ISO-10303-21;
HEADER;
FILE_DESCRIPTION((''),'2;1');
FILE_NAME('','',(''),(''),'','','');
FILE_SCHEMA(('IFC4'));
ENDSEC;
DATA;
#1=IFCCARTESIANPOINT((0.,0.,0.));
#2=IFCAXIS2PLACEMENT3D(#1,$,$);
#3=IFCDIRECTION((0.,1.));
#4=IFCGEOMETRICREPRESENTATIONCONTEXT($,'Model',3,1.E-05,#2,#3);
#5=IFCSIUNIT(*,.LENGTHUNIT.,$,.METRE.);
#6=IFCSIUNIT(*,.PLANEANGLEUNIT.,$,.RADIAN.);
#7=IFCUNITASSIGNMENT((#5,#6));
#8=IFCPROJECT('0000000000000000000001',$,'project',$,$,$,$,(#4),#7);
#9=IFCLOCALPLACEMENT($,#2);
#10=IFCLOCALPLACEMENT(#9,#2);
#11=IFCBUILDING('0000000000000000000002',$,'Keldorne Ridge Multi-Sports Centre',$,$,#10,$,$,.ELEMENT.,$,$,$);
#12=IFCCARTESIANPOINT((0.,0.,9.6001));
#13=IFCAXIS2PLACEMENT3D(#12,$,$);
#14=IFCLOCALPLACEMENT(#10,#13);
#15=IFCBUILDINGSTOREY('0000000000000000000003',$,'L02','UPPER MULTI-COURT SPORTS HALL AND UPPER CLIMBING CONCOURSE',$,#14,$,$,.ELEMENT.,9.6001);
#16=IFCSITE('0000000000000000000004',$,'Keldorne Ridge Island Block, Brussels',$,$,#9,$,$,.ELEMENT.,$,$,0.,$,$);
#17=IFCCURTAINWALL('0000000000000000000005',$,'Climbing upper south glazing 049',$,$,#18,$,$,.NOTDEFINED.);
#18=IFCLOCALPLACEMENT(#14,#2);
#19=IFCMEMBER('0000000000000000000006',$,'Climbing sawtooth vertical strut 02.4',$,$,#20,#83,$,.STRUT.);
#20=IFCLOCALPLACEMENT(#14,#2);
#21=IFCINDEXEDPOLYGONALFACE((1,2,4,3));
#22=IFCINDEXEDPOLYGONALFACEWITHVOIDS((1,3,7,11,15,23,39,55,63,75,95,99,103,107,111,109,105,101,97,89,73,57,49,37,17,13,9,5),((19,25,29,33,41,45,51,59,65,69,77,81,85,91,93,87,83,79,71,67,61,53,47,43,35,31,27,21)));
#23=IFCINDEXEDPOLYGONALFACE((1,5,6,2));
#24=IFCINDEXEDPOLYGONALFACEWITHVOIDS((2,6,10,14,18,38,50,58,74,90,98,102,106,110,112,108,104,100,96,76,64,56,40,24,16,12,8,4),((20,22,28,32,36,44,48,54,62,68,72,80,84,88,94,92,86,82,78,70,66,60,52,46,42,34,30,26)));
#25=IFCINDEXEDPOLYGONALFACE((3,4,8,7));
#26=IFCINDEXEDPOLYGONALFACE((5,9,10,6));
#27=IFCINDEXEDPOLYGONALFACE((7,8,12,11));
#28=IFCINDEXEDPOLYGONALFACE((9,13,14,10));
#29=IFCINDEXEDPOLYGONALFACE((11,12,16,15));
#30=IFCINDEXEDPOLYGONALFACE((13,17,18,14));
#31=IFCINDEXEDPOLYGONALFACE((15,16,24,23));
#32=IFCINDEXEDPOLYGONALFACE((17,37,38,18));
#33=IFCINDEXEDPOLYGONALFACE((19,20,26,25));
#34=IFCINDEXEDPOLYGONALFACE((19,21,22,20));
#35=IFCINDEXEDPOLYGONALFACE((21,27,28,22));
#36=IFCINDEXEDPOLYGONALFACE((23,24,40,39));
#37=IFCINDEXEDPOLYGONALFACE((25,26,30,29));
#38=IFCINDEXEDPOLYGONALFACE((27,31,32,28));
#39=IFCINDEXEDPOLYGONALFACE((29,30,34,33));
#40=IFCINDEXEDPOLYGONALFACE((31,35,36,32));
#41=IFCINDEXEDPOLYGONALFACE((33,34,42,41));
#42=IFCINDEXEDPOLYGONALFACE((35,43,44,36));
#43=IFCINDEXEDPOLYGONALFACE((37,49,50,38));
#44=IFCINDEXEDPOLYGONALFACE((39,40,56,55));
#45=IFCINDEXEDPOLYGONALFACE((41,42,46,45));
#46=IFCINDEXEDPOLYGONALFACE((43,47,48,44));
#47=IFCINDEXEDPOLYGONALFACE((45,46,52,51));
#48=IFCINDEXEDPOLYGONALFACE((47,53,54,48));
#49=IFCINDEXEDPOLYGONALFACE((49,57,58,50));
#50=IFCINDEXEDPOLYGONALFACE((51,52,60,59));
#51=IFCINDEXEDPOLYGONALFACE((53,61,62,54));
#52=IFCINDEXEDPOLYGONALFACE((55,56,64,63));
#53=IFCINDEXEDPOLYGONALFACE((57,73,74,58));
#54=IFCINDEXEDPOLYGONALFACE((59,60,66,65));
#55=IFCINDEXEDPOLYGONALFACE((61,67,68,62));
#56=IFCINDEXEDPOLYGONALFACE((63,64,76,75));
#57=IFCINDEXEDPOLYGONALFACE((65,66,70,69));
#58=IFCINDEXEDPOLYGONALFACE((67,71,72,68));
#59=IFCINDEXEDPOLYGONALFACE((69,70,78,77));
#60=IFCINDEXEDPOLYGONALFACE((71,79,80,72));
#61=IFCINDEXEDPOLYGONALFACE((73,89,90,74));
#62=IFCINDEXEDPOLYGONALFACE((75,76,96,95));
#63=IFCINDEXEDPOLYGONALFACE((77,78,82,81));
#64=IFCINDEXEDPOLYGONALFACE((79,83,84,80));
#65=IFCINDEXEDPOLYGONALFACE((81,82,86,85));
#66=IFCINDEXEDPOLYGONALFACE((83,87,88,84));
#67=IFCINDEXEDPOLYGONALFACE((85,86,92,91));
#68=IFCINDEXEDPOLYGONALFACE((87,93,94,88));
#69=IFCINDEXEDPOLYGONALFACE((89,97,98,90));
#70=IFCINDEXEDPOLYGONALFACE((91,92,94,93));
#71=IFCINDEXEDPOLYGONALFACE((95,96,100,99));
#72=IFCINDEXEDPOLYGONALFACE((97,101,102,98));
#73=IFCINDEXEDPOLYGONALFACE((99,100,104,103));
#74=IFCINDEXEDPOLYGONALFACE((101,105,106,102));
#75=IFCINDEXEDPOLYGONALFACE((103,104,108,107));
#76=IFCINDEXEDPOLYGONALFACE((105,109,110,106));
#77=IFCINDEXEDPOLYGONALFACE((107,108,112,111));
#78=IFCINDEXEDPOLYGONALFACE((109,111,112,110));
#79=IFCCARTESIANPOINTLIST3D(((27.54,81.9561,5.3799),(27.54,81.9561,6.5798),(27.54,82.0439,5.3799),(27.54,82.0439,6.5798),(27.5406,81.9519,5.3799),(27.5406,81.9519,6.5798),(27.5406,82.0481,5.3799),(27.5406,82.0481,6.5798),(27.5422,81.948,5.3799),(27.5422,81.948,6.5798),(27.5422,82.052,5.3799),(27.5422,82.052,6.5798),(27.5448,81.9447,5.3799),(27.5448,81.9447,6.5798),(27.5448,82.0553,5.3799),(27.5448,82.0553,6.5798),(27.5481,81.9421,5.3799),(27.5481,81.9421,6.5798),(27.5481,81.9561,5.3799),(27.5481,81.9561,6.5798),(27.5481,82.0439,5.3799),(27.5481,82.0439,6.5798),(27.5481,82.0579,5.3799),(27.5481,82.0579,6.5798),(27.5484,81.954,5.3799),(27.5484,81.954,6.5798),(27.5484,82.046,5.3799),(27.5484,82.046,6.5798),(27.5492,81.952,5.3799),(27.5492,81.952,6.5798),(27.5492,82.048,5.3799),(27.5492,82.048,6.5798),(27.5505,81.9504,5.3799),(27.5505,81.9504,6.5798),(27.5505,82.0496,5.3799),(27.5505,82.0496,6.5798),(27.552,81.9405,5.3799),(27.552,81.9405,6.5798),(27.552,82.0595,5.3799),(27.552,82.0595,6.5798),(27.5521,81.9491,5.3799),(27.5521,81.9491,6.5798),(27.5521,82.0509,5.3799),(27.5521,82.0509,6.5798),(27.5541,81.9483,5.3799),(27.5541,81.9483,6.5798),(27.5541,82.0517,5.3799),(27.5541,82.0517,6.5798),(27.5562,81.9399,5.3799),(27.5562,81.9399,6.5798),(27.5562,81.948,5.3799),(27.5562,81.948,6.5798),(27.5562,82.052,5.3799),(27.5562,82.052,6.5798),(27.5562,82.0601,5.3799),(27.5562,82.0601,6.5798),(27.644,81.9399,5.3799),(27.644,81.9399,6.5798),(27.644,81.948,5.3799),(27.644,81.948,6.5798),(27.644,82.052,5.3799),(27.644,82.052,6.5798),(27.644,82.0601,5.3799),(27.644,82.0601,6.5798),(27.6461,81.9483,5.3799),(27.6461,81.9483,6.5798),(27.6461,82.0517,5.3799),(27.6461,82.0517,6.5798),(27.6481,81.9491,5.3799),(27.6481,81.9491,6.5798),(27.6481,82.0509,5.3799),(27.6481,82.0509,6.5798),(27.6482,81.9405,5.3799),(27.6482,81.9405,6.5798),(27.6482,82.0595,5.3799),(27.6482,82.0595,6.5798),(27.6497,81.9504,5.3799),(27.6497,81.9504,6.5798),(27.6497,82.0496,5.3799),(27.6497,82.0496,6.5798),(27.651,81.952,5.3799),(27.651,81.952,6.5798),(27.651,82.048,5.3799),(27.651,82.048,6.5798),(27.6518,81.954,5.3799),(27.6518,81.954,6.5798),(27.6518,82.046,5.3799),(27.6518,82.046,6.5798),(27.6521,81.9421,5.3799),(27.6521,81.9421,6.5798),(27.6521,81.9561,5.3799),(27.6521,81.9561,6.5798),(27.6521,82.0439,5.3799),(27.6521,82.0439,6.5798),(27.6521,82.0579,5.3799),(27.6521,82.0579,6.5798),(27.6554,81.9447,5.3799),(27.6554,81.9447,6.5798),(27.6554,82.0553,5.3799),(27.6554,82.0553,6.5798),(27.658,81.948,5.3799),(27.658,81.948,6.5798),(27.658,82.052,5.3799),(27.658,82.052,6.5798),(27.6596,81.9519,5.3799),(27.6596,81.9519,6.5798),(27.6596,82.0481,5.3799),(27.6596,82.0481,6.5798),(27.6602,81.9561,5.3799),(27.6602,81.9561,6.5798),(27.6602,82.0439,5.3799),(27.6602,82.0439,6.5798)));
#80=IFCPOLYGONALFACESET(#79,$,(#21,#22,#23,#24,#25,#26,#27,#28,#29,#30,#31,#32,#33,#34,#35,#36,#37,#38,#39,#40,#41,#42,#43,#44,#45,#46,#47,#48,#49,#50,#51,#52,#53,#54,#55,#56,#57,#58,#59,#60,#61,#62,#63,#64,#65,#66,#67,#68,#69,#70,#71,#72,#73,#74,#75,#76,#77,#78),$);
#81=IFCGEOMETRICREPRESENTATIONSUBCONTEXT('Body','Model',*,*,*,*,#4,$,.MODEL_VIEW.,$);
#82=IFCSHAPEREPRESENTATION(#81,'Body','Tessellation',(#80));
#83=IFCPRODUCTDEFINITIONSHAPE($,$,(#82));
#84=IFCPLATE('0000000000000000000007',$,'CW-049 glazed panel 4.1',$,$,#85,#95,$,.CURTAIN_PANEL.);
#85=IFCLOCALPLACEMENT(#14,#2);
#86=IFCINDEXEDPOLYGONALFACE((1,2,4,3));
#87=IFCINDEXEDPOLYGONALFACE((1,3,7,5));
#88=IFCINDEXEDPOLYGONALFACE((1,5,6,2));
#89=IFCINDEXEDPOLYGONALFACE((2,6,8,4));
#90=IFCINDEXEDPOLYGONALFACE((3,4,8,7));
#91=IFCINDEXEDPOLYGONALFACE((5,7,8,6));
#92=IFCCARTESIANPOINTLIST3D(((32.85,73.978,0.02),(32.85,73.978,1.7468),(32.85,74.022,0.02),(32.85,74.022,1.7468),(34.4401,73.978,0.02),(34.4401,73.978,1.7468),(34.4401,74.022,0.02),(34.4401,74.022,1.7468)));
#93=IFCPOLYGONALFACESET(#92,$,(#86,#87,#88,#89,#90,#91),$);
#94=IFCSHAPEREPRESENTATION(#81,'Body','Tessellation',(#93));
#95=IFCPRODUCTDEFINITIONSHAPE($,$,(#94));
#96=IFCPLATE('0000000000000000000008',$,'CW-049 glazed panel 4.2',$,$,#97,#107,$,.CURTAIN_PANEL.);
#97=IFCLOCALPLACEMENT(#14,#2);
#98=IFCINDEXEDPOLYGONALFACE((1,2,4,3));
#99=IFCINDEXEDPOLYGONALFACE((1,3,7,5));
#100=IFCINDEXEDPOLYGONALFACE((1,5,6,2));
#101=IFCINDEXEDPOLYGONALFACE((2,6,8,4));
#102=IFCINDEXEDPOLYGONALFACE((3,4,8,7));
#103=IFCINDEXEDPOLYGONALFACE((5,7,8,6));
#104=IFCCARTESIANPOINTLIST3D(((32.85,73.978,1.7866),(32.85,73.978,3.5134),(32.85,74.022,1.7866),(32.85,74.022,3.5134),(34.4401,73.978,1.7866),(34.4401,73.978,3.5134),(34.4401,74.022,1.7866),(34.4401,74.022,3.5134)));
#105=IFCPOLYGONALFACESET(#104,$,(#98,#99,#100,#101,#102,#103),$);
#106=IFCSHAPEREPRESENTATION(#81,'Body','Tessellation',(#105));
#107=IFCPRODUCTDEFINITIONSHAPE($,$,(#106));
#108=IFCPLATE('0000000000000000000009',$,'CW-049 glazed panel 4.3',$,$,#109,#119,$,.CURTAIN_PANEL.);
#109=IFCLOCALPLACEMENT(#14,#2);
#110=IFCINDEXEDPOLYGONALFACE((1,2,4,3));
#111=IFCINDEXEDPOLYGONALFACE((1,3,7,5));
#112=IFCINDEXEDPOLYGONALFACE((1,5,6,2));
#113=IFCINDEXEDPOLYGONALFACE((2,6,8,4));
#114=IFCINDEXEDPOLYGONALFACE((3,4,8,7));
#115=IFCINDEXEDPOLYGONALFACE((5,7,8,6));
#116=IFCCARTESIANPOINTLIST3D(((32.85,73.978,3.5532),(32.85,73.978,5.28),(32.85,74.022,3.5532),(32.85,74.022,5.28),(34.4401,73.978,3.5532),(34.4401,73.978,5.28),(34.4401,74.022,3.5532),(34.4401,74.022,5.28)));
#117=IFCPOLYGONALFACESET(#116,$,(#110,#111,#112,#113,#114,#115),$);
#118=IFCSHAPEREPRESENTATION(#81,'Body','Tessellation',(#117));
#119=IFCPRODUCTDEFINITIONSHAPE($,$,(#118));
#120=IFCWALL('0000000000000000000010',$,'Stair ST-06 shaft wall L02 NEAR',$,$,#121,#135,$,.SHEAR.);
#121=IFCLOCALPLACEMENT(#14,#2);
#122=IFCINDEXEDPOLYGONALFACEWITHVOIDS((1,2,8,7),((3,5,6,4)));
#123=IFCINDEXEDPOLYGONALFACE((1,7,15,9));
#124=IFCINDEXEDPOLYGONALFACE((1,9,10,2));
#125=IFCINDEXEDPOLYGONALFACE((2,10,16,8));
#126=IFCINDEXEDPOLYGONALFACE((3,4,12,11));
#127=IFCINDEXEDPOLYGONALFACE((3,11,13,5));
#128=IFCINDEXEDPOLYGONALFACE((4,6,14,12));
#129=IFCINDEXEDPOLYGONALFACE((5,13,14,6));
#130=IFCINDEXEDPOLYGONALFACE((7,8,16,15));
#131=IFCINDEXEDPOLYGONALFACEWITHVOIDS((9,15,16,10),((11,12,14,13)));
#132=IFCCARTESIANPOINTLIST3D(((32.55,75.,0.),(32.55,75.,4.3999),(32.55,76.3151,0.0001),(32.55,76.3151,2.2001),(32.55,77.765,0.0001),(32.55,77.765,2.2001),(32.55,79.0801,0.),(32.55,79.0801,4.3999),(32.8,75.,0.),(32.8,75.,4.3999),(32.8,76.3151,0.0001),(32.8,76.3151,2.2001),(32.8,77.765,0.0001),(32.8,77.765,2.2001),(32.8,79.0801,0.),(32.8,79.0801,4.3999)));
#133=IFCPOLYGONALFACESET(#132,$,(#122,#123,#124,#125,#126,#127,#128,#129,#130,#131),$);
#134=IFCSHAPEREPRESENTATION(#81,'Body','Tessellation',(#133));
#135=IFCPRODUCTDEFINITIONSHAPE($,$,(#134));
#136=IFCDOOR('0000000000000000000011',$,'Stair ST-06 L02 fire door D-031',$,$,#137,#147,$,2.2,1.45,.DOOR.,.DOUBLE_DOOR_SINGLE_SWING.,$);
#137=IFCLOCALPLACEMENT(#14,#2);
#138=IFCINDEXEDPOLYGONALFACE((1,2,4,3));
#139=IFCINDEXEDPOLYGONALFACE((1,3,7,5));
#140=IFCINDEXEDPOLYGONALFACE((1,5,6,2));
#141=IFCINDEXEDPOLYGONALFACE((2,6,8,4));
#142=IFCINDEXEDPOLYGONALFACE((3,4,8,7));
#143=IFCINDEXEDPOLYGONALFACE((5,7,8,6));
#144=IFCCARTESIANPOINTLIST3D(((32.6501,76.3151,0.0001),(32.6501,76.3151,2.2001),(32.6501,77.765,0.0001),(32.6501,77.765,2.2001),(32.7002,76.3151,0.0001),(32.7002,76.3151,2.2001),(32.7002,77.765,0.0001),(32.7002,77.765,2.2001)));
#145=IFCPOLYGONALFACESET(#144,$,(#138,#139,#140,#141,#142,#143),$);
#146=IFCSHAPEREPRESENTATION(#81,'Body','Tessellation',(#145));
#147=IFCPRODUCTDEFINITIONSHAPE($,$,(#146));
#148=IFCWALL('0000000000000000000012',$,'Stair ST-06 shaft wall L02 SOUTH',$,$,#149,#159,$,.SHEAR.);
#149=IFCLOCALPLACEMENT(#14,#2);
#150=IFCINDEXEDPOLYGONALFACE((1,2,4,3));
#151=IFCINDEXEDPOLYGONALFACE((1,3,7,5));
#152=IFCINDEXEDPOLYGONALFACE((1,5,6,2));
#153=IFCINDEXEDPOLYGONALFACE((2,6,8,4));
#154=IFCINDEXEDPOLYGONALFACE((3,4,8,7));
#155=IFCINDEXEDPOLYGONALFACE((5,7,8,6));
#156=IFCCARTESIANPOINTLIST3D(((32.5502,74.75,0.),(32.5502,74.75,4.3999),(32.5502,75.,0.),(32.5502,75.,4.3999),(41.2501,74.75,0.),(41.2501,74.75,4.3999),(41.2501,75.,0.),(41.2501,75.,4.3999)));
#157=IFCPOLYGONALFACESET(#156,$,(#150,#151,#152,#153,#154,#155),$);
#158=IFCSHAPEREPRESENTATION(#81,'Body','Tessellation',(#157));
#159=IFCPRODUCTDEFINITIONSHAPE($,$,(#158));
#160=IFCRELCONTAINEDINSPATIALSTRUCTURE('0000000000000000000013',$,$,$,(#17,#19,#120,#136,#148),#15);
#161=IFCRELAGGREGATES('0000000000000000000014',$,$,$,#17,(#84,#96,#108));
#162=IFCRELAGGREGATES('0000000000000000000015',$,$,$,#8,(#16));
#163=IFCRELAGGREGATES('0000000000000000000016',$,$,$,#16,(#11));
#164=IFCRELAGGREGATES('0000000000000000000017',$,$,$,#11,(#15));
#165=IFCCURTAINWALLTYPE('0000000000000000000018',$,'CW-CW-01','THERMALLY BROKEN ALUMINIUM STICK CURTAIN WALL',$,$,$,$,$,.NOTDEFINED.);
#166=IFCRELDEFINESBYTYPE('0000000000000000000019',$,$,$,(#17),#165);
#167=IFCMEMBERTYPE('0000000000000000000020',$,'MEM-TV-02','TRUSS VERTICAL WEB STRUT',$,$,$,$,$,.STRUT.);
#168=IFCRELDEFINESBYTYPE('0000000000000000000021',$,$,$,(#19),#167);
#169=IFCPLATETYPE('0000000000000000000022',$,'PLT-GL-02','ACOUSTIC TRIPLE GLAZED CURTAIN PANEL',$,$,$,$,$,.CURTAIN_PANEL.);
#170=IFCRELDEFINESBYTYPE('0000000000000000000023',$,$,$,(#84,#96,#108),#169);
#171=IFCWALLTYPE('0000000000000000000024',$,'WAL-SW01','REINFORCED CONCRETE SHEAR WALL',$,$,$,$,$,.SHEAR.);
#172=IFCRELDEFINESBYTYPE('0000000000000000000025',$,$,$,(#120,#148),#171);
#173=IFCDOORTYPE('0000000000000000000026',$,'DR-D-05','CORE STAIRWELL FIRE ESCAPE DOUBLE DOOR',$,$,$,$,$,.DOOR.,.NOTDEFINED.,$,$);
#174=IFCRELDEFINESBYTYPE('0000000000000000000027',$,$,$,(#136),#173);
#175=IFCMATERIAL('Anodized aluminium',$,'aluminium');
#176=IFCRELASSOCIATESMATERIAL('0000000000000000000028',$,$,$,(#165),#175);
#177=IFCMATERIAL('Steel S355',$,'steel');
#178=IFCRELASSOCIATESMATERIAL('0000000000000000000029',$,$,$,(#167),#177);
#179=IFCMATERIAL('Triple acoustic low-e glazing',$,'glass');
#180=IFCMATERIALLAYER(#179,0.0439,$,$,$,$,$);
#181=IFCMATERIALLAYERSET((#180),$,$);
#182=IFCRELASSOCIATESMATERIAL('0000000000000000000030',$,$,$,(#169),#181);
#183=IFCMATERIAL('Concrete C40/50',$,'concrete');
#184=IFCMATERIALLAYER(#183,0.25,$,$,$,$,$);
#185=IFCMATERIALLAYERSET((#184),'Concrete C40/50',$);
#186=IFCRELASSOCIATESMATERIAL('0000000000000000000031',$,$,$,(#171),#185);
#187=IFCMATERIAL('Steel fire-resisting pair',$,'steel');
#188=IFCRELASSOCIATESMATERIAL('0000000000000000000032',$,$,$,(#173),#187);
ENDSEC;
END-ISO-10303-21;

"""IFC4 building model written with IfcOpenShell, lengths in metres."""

from ifc_helpers import new_model, si_unit, direction, frame, frame_2d, origin, origin_2d, place, context, subcontext, project, spatial, rectangle, hollow_rectangle, extrude, material, layer, layer_set, material_profile, profile_set, type_object, element, fill, aggregate, save


model = new_model("IFC4")

# Units and contexts
model_context = context("Model", 3, precision=1e-05, world=origin(), true_north=direction((0.0, 1.0)))
body_context = subcontext(model_context, "Body", "Model", "MODEL_VIEW")
ifc_project = project(units=[si_unit("LENGTHUNIT", "METRE"), si_unit("PLANEANGLEUNIT", "RADIAN")], contexts=[model_context])

# Site, building, storey
site_placement = place(None, origin())
site = spatial("IfcSite", under=ifc_project, at=site_placement, Name="Keldorne Ridge Island Block, Brussels", CompositionType="ELEMENT", RefElevation=0.0)
building_placement = place(site_placement, origin())
building = spatial("IfcBuilding", under=site, at=building_placement, Name="Keldorne Ridge Multi-Sports Centre", CompositionType="ELEMENT")
storey_placement = place(building_placement, frame((0.0, 0.0, 9.6001)))
storey = spatial("IfcBuildingStorey", under=building, at=storey_placement, Name="L02", Description="UPPER MULTI-COURT SPORTS HALL AND UPPER CLIMBING CONCOURSE", CompositionType="ELEMENT", Elevation=9.6001)

# Shared definitions
ifc_material_1 = material(Name="Steel S355", Category="steel")

# Curtain wall
ifc_material_2 = material(Name="Anodized aluminium", Category="aluminium")
curtain_wall_type_1 = type_object("IfcCurtainWallType", Name="CW-CW-01", Description="THERMALLY BROKEN ALUMINIUM STICK CURTAIN WALL", PredefinedType="NOTDEFINED", material=ifc_material_2)
curtain_wall_1_placement = place(storey_placement, origin())
curtain_wall_1 = element("IfcCurtainWall", 1, at=curtain_wall_1_placement, inside=storey, type_object=curtain_wall_type_1, Name="Climbing upper south glazing 049", PredefinedType="NOTDEFINED")

# Member
ifc_material_profile_1 = material_profile(ifc_material_1, hollow_rectangle(XDim=0.1201, YDim=0.1201, WallThickness=0.0081, InnerFilletRadius=0.0081, OuterFilletRadius=0.0161, at=origin_2d()), Name="SHS 120x120x8")
ifc_profile_set_1 = profile_set([ifc_material_profile_1], Name="Steel S355")
member_type_1 = type_object("IfcMemberType", Name="MEM-TV-02", Description="TRUSS VERTICAL WEB STRUT", PredefinedType="STRUT", material=ifc_profile_set_1)
for number, where, z_axis, x_axis, name in (
    (2, (27.6001, 82.0, 5.3799), (0.0, 0.0, 1.0), (1.0, 0.0, 0.0), "Climbing sawtooth vertical strut 02.4"),
):
    element("IfcMember", number, at=place(storey_placement, frame(where, z_axis=z_axis, x_axis=x_axis)), inside=storey, type_object=member_type_1, Name=name, PredefinedType="STRUT", context=body_context, shape_type="SweptSolid", body=[
        extrude(hollow_rectangle(XDim=0.1201, YDim=0.1201, WallThickness=0.0081, InnerFilletRadius=0.0081, OuterFilletRadius=0.0161, at=origin_2d()), origin(), (0.0, 0.0, 1.0), 1.2),
    ])

# Plates
ifc_material_3 = material(Name="Triple acoustic low-e glazing", Category="glass")
ifc_layer_1 = layer(ifc_material_3, 0.0439)
ifc_layer_set_1 = layer_set([ifc_layer_1])
plate_type = type_object("IfcPlateType", Name="PLT-GL-02", Description="ACOUSTIC TRIPLE GLAZED CURTAIN PANEL", PredefinedType="CURTAIN_PANEL", material=ifc_layer_set_1)
plate_1_placement = place(storey_placement, frame((33.645, 74.0, 0.02), z_axis=(0.0, 0.0, 1.0), x_axis=(1.0, 0.0, 0.0)))
plate_1 = element("IfcPlate", 3, at=plate_1_placement, type_object=plate_type, Name="CW-049 glazed panel 4.1", PredefinedType="CURTAIN_PANEL", context=body_context, shape_type="SweptSolid", body=[
    extrude(rectangle(XDim=1.5901, YDim=0.0439, at=origin_2d()), origin(), (0.0, 0.0, 1.0), 1.7268),
])
plate_2_placement = place(storey_placement, frame((33.645, 74.0, 1.7866), z_axis=(0.0, 0.0, 1.0), x_axis=(1.0, 0.0, 0.0)))
plate_2 = element("IfcPlate", 4, at=plate_2_placement, type_object=plate_type, Name="CW-049 glazed panel 4.2", PredefinedType="CURTAIN_PANEL", context=body_context, shape_type="SweptSolid", body=[
    extrude(rectangle(XDim=1.5901, YDim=0.0439, at=origin_2d()), origin(), (0.0, 0.0, 1.0), 1.7268),
])
plate_3_placement = place(storey_placement, frame((33.645, 74.0, 3.5532), z_axis=(0.0, 0.0, 1.0), x_axis=(1.0, 0.0, 0.0)))
plate_3 = element("IfcPlate", 5, at=plate_3_placement, type_object=plate_type, Name="CW-049 glazed panel 4.3", PredefinedType="CURTAIN_PANEL", context=body_context, shape_type="SweptSolid", body=[
    extrude(rectangle(XDim=1.5901, YDim=0.0439, at=origin_2d()), origin(), (0.0, 0.0, 1.0), 1.7268),
])
aggregate(curtain_wall_1, [plate_1, plate_2, plate_3])

# Wall, opening, door
ifc_material_4 = material(Name="Concrete C40/50", Category="concrete")
ifc_layer_2 = layer(ifc_material_4, 0.25)
ifc_layer_set_2 = layer_set([ifc_layer_2], Name="Concrete C40/50")
wall_type = type_object("IfcWallType", Name="WAL-SW01", Description="REINFORCED CONCRETE SHEAR WALL", PredefinedType="SHEAR", material=ifc_layer_set_2)
wall_1_placement = place(storey_placement, frame((32.675, 75.0, 0.0), z_axis=(0.0, 0.0, 1.0), x_axis=(0.0, 1.0, 0.0)))
wall_1 = element("IfcWall", 6, at=wall_1_placement, inside=storey, type_object=wall_type, Name="Stair ST-06 shaft wall L02 NEAR", PredefinedType="SHEAR", context=body_context, shape_type="SweptSolid", body=[
    extrude(rectangle(XDim=4.0801, YDim=0.25, at=frame_2d((2.04, 0.0))), origin(), (0.0, 0.0, 1.0), 4.3999),
])
opening_placement = place(wall_1_placement, frame((1.3149, 0.0, 0.0)))
opening = element("IfcOpeningElement", 7, at=opening_placement, cuts=wall_1, PredefinedType="OPENING", context=body_context, shape_type="SweptSolid", body=[
    extrude(rectangle(XDim=1.45, YDim=2.2, at=frame_2d((0.7251, 1.1001))), frame((0.0, 0.135, 0.0), z_axis=(0.0, -1.0, 0.0), x_axis=(1.0, 0.0, 0.0)), (0.0, 0.0, 1.0), 0.27),
])
ifc_material_5 = material(Name="Steel fire-resisting pair", Category="steel")
door_type = type_object("IfcDoorType", Name="DR-D-05", Description="CORE STAIRWELL FIRE ESCAPE DOUBLE DOOR", OperationType="NOTDEFINED", PredefinedType="DOOR", material=ifc_material_5)
door_placement = place(opening_placement, origin())
door = element("IfcDoor", 8, at=door_placement, inside=storey, type_object=door_type, Name="Stair ST-06 L02 fire door D-031", OperationType="DOUBLE_DOOR_SINGLE_SWING", OverallHeight=2.2, OverallWidth=1.45, PredefinedType="DOOR", context=body_context, shape_type="SweptSolid", body=[
    extrude(rectangle(XDim=1.45, YDim=2.2, at=frame_2d((0.7251, 1.1001))), frame((0.0, 0.0249, 0.0), z_axis=(0.0, -1.0, 0.0), x_axis=(1.0, 0.0, 0.0)), (0.0, 0.0, 1.0), 0.05),
])
fill(opening, door)

# Wall
wall_2_placement = place(storey_placement, frame((32.55, 74.875, 0.0), z_axis=(0.0, 0.0, 1.0), x_axis=(1.0, 0.0, 0.0)))
element("IfcWall", 9, at=wall_2_placement, inside=storey, type_object=wall_type, Name="Stair ST-06 shaft wall L02 SOUTH", PredefinedType="SHEAR", context=body_context, shape_type="SweptSolid", body=[
    extrude(rectangle(XDim=8.7, YDim=0.25, at=frame_2d((4.3501, 0.0))), origin(), (0.0, 0.0, 1.0), 4.3999),
])

save(model, "model.ifc")
